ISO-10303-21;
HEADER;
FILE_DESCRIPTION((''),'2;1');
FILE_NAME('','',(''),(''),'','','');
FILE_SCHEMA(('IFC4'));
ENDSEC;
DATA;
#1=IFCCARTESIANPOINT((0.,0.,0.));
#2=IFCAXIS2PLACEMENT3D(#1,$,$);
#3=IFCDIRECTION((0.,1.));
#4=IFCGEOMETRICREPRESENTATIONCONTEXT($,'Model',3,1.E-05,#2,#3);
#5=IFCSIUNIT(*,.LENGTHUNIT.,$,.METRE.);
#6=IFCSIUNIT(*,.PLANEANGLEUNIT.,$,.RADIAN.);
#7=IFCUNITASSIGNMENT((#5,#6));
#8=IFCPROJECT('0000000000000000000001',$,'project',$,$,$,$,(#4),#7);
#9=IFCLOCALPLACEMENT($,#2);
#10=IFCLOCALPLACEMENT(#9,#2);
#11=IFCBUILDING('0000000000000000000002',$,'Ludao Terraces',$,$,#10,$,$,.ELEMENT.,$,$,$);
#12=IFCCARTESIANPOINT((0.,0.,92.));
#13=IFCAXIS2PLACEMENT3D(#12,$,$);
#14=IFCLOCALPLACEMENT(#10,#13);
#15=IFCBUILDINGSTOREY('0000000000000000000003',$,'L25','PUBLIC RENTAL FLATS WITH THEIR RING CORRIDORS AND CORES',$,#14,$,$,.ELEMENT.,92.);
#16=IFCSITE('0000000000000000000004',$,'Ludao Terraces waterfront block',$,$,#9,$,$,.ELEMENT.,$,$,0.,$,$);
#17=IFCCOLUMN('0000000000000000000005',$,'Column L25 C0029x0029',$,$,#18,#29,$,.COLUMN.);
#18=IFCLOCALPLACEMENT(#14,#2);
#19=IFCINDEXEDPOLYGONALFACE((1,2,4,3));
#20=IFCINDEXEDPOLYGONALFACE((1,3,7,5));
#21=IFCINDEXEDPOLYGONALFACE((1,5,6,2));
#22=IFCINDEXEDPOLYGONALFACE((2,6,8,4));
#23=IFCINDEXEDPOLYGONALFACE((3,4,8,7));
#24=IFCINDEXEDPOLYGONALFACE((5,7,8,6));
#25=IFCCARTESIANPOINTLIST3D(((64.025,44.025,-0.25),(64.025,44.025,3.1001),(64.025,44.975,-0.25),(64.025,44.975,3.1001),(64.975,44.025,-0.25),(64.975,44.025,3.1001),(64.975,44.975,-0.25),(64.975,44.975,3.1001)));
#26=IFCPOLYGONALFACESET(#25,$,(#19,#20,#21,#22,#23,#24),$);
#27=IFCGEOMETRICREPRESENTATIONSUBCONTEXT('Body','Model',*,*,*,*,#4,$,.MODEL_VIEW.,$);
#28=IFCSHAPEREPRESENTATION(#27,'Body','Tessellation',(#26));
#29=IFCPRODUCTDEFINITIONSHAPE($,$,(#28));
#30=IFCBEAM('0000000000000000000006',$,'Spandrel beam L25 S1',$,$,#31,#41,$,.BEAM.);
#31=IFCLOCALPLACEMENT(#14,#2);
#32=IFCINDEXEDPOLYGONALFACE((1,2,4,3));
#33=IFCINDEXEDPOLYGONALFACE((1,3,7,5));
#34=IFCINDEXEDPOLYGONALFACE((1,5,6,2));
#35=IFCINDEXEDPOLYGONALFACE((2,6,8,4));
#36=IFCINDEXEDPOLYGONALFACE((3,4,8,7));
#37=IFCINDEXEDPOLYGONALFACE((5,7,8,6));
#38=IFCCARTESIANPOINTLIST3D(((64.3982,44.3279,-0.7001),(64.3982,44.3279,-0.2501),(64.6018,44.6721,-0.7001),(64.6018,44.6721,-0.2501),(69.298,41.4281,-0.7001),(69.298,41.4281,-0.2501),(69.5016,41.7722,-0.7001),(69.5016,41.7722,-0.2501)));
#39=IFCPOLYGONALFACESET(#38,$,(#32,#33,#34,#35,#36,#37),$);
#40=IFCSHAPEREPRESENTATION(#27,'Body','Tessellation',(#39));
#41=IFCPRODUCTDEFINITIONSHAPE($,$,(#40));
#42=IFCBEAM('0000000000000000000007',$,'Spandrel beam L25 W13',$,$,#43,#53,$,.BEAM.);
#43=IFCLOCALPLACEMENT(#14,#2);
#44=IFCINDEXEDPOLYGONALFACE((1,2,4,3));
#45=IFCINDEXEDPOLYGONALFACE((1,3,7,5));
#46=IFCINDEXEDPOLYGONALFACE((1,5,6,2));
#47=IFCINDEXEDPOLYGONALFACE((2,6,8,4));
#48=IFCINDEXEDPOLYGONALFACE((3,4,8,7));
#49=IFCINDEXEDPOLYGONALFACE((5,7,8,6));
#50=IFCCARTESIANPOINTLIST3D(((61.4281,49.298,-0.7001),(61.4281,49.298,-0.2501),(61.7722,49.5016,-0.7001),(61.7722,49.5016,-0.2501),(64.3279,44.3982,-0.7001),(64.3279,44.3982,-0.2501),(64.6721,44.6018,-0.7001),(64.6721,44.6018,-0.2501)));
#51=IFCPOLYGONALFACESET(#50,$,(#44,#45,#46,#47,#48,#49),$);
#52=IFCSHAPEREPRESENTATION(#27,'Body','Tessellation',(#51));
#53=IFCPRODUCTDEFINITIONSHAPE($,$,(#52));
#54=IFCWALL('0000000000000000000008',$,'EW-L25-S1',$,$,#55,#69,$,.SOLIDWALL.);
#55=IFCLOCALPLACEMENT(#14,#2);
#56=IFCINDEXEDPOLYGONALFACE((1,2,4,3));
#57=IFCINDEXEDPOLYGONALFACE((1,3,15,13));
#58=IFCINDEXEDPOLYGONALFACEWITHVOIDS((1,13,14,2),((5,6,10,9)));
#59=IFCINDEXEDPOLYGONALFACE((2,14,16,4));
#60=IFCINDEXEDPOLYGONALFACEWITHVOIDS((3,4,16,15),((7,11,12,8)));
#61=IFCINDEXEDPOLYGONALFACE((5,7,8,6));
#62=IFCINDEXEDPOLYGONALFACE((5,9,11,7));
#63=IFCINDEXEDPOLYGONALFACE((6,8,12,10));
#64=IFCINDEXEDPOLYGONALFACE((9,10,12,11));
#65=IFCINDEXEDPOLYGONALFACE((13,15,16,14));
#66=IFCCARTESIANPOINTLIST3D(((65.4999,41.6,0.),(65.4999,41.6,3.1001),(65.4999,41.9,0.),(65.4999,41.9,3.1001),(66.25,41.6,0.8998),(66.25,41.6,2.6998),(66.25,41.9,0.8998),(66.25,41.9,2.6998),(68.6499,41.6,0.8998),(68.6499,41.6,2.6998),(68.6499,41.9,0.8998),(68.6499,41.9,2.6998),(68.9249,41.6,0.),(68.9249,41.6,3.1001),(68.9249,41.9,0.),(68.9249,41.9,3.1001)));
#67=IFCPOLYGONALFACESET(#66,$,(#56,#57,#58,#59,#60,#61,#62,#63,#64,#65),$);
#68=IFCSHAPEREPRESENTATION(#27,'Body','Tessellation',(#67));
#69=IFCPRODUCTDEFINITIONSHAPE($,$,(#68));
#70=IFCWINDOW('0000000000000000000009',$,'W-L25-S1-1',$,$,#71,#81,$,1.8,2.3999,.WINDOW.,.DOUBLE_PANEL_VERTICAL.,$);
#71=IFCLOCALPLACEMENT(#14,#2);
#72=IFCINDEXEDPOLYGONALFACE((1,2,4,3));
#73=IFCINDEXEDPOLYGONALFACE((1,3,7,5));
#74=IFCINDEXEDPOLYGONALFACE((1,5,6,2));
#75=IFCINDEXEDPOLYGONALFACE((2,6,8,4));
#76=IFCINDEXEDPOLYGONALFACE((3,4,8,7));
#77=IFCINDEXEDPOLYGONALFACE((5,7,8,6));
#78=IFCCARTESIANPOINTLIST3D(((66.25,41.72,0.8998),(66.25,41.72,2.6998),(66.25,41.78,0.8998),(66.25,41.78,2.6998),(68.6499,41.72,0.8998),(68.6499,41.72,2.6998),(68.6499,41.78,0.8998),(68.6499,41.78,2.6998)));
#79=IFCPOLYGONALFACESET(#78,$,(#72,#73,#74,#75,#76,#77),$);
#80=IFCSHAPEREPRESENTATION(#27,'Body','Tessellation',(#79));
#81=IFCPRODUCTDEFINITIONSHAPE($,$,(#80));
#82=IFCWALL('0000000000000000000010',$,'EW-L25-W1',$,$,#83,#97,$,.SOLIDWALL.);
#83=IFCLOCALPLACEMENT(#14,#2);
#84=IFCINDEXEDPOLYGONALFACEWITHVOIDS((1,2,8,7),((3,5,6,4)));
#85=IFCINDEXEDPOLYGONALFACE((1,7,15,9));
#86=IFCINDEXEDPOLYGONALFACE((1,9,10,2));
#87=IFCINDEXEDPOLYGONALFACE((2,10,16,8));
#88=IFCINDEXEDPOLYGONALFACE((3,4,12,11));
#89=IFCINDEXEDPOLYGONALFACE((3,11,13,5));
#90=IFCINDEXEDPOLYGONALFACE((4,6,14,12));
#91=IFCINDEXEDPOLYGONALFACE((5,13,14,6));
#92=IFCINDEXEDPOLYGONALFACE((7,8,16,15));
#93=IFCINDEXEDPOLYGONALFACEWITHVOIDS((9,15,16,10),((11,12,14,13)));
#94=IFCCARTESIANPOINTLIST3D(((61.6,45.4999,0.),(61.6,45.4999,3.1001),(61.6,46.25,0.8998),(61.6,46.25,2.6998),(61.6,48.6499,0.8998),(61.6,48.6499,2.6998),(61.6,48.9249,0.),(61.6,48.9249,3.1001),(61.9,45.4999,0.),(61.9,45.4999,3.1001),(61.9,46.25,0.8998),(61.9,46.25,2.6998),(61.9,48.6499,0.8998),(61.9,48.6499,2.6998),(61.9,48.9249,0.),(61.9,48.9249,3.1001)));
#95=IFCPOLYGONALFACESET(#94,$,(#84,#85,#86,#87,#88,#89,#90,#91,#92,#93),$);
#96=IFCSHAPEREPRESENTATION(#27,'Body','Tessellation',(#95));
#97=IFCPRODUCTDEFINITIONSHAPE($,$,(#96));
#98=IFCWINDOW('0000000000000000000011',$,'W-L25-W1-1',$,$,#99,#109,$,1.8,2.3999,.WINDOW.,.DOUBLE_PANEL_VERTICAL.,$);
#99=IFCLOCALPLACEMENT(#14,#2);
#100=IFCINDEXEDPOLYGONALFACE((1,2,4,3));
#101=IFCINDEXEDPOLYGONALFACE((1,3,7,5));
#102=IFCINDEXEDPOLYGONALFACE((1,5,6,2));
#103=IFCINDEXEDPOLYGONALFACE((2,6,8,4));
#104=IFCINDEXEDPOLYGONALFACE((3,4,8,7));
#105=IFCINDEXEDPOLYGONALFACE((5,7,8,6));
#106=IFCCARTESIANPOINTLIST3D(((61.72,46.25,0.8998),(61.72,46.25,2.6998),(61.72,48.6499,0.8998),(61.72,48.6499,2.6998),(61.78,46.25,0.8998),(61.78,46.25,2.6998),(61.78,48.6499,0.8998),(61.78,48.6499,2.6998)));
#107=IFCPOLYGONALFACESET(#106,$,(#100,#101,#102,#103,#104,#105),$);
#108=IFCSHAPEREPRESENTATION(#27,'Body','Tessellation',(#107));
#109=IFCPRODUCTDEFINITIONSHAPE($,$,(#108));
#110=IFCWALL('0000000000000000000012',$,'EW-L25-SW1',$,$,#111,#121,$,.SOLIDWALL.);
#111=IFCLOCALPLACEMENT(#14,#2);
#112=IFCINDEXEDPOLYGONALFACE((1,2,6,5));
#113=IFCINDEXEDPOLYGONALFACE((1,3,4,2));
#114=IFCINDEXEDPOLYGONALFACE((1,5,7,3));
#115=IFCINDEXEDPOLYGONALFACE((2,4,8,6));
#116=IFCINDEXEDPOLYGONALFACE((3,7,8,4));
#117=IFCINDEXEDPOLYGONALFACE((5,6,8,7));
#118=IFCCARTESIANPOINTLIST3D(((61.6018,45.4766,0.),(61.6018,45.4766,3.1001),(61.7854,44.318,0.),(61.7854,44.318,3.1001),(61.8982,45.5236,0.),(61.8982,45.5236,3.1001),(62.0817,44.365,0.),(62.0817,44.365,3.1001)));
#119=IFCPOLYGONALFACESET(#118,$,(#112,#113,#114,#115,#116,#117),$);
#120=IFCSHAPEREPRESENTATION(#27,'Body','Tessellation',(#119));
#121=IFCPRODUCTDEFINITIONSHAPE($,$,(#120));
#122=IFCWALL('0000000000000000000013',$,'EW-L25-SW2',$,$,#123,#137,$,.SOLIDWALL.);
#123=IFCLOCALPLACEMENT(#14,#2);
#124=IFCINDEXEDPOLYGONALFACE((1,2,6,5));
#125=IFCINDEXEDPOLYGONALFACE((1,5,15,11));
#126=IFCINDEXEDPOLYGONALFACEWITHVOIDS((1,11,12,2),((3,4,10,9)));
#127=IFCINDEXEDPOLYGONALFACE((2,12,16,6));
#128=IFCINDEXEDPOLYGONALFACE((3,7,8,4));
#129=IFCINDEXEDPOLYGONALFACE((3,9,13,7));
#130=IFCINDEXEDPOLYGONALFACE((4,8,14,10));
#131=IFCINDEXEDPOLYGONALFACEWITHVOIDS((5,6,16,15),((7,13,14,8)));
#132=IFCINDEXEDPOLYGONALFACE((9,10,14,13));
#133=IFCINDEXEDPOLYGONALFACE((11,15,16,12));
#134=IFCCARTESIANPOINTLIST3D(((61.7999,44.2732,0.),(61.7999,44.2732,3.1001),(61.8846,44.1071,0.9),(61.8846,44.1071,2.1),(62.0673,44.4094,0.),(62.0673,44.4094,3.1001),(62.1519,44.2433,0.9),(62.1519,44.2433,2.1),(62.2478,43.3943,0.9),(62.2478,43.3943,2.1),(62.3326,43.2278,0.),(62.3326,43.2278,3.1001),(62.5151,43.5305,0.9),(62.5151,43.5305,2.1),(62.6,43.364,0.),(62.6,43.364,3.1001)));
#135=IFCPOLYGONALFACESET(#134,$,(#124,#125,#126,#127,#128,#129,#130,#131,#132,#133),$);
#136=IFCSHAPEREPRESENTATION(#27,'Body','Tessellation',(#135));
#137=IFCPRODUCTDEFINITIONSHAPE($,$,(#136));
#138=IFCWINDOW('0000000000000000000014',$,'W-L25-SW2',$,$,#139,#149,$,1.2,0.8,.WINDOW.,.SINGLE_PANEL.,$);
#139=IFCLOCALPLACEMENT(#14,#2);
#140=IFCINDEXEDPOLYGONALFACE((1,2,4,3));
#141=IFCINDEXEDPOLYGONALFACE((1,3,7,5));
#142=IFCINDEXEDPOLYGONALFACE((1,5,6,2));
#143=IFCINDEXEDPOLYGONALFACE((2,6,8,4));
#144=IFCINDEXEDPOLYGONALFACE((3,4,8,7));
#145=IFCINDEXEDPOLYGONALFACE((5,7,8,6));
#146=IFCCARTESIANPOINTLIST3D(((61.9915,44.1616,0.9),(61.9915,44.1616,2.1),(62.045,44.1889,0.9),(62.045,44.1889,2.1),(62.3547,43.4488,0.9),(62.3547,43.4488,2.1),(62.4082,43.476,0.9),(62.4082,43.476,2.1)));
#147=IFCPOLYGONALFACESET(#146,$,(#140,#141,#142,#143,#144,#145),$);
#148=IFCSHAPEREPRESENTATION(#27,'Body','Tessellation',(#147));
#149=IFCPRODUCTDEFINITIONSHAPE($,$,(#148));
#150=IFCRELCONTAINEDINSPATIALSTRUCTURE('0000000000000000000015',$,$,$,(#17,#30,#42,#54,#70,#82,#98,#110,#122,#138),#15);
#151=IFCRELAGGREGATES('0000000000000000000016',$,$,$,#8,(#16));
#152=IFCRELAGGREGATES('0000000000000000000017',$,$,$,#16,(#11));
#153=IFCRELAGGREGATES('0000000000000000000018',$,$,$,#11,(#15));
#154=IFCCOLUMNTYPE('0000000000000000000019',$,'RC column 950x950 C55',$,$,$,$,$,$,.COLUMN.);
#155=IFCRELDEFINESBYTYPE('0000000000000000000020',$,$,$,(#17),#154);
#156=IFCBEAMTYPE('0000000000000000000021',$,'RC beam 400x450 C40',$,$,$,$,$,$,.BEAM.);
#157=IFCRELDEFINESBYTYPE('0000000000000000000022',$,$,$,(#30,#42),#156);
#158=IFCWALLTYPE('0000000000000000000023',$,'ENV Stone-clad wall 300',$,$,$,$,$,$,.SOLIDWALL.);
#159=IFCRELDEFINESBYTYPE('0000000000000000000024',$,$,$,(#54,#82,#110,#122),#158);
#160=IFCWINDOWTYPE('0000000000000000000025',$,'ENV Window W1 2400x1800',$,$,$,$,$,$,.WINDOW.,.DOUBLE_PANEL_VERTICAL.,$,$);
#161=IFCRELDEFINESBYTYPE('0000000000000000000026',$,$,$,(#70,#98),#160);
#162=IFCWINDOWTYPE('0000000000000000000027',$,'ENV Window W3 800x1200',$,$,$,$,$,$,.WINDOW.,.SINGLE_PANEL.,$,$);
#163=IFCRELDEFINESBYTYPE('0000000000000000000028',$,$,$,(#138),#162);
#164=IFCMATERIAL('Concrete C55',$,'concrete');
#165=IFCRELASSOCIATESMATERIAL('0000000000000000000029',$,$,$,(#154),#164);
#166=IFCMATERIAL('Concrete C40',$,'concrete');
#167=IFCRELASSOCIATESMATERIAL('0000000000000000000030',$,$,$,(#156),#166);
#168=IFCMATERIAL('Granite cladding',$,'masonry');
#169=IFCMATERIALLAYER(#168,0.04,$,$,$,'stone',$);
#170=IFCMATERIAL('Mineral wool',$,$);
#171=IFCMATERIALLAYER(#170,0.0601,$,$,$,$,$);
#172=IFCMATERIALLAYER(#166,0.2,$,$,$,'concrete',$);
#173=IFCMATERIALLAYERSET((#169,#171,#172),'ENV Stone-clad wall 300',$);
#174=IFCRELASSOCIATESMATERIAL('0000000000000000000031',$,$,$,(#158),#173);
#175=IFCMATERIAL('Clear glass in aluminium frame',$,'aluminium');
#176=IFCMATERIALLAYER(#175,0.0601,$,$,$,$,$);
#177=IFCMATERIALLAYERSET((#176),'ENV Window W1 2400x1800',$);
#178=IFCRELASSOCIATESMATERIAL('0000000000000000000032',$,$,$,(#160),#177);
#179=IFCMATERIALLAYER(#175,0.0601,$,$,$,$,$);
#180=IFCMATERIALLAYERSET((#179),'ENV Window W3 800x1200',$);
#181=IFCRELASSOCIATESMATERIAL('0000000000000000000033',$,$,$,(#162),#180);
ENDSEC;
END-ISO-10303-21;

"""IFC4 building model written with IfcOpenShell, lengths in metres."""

from ifc_helpers import new_model, si_unit, direction, frame, frame_2d, origin, origin_2d, place, context, subcontext, project, spatial, rectangle, extrude, material, layer, layer_set, material_profile, profile_set, type_object, element, fill, save


model = new_model("IFC4")

# Units and contexts
model_context = context("Model", 3, precision=1e-05, world=origin(), true_north=direction((0.0, 1.0)))
body_context = subcontext(model_context, "Body", "Model", "MODEL_VIEW")
ifc_project = project(units=[si_unit("LENGTHUNIT", "METRE"), si_unit("PLANEANGLEUNIT", "RADIAN")], contexts=[model_context])

# Site, building, storey
site_placement = place(None, origin())
site = spatial("IfcSite", under=ifc_project, at=site_placement, Name="Ludao Terraces waterfront block", CompositionType="ELEMENT", RefElevation=0.0)
building_placement = place(site_placement, origin())
building = spatial("IfcBuilding", under=site, at=building_placement, Name="Ludao Terraces", CompositionType="ELEMENT")
storey_placement = place(building_placement, frame((0.0, 0.0, 92.0)))
storey = spatial("IfcBuildingStorey", under=building, at=storey_placement, Name="L25", Description="PUBLIC RENTAL FLATS WITH THEIR RING CORRIDORS AND CORES", CompositionType="ELEMENT", Elevation=92.0)

# Column
ifc_material_1 = material(Name="Concrete C55", Category="concrete")
ifc_material_profile_1 = material_profile(ifc_material_1, rectangle(XDim=0.95, YDim=0.95, at=origin_2d()), Name="950 X 950")
ifc_profile_set_1 = profile_set([ifc_material_profile_1], Name="Concrete C55")
column_type = type_object("IfcColumnType", Name="RC column 950x950 C55", PredefinedType="COLUMN", material=ifc_profile_set_1)
column_placement = place(storey_placement, frame((64.5, 44.5, -0.25), z_axis=(0.0, 0.0, 1.0), x_axis=(1.0, 0.0, 0.0)))
element("IfcColumn", 1, at=column_placement, inside=storey, type_object=column_type, Name="Column L25 C0029x0029", PredefinedType="COLUMN", context=body_context, shape_type="SweptSolid", body=[
    extrude(rectangle(XDim=0.95, YDim=0.95, at=origin_2d()), origin(), (0.0, 0.0, 1.0), 3.3501),
])

# Beams
ifc_material_2 = material(Name="Concrete C40", Category="concrete")
ifc_material_profile_2 = material_profile(ifc_material_2, rectangle(XDim=0.3999, YDim=0.45, at=origin_2d()), Name="400 X 450")
ifc_profile_set_2 = profile_set([ifc_material_profile_2], Name="Concrete C40")
beam_type = type_object("IfcBeamType", Name="RC beam 400x450 C40", PredefinedType="BEAM", material=ifc_profile_set_2)
for number, where, z_axis, x_axis, name in (
    (2, (64.5, 44.5, -0.4751), (0.86058, -0.509316, 0.0), (0.509316, 0.86058, 0.0), "Spandrel beam L25 S1"),
    (3, (64.5, 44.5, -0.4751), (-0.509316, 0.86058, 0.0), (-0.86058, -0.509316, 0.0), "Spandrel beam L25 W13"),
):
    element("IfcBeam", number, at=place(storey_placement, frame(where, z_axis=z_axis, x_axis=x_axis)), inside=storey, type_object=beam_type, Name=name, PredefinedType="BEAM", context=body_context, shape_type="SweptSolid", body=[
        extrude(rectangle(XDim=0.3999, YDim=0.45, at=origin_2d()), origin(), (0.0, 0.0, 1.0), 5.6936),
    ])

# Walls, openings, windows
ifc_material_3 = material(Name="Granite cladding", Category="masonry")
ifc_layer_1 = layer(ifc_material_3, 0.04, Category="stone")
ifc_material_4 = material(Name="Mineral wool")
ifc_layer_2 = layer(ifc_material_4, 0.0601)
ifc_layer_3 = layer(ifc_material_2, 0.2, Category="concrete")
ifc_layer_set_1 = layer_set([ifc_layer_1, ifc_layer_2, ifc_layer_3], Name="ENV Stone-clad wall 300")
wall_type_1 = type_object("IfcWallType", Name="ENV Stone-clad wall 300", PredefinedType="SOLIDWALL", material=ifc_layer_set_1)
wall_1_placement = place(storey_placement, frame((65.5, 41.75, 0.0), z_axis=(0.0, 0.0, 1.0), x_axis=(1.0, 0.0, 0.0)))
wall_1 = element("IfcWall", 4, at=wall_1_placement, inside=storey, type_object=wall_type_1, Name="EW-L25-S1", PredefinedType="SOLIDWALL", context=body_context, shape_type="SweptSolid", body=[
    extrude(rectangle(XDim=3.425, YDim=0.3, at=frame_2d((1.7124, 0.0))), origin(), (0.0, 0.0, 1.0), 3.1001),
])
opening_1_placement = place(wall_1_placement, frame((0.75, 0.0, 0.8999)))
opening_1 = element("IfcOpeningElement", 5, at=opening_1_placement, cuts=wall_1, PredefinedType="OPENING", context=body_context, shape_type="SweptSolid", body=[
    extrude(rectangle(XDim=2.3999, YDim=1.8, at=frame_2d((1.2, 0.8999))), frame((0.0, 0.1602, 0.0), z_axis=(0.0, -1.0, 0.0), x_axis=(1.0, 0.0, 0.0)), (0.0, 0.0, 1.0), 0.3201),
])
ifc_material_5 = material(Name="Clear glass in aluminium frame", Category="aluminium")
ifc_layer_4 = layer(ifc_material_5, 0.0601)
ifc_layer_set_2 = layer_set([ifc_layer_4], Name="ENV Window W1 2400x1800")
window_type_1 = type_object("IfcWindowType", Name="ENV Window W1 2400x1800", PartitioningType="DOUBLE_PANEL_VERTICAL", PredefinedType="WINDOW", material=ifc_layer_set_2)
window_1_placement = place(opening_1_placement, origin())
window_1 = element("IfcWindow", 6, at=window_1_placement, inside=storey, type_object=window_type_1, Name="W-L25-S1-1", OverallHeight=1.8, OverallWidth=2.3999, PartitioningType="DOUBLE_PANEL_VERTICAL", PredefinedType="WINDOW", context=body_context, shape_type="SweptSolid", body=[
    extrude(rectangle(XDim=2.3999, YDim=1.8, at=frame_2d((1.2, 0.8999))), frame((0.0, 0.03, 0.0), z_axis=(0.0, -1.0, 0.0), x_axis=(1.0, 0.0, 0.0)), (0.0, 0.0, 1.0), 0.0601),
])
fill(opening_1, window_1)
wall_2_placement = place(storey_placement, frame((61.75, 45.5, 0.0), z_axis=(0.0, 0.0, 1.0), x_axis=(0.0, 1.0, 0.0)))
wall_2 = element("IfcWall", 7, at=wall_2_placement, inside=storey, type_object=wall_type_1, Name="EW-L25-W1", PredefinedType="SOLIDWALL", context=body_context, shape_type="SweptSolid", body=[
    extrude(rectangle(XDim=3.425, YDim=0.3, at=frame_2d((1.7124, 0.0))), origin(), (0.0, 0.0, 1.0), 3.1001),
])
opening_2_placement = place(wall_2_placement, frame((0.75, 0.0, 0.8999)))
opening_2 = element("IfcOpeningElement", 8, at=opening_2_placement, cuts=wall_2, PredefinedType="OPENING", context=body_context, shape_type="SweptSolid", body=[
    extrude(rectangle(XDim=2.3999, YDim=1.8, at=frame_2d((1.2, 0.8999))), frame((0.0, 0.1602, 0.0), z_axis=(0.0, -1.0, 0.0), x_axis=(1.0, 0.0, 0.0)), (0.0, 0.0, 1.0), 0.3201),
])
window_2_placement = place(opening_2_placement, origin())
window_2 = element("IfcWindow", 9, at=window_2_placement, inside=storey, type_object=window_type_1, Name="W-L25-W1-1", OverallHeight=1.8, OverallWidth=2.3999, PartitioningType="DOUBLE_PANEL_VERTICAL", PredefinedType="WINDOW", context=body_context, shape_type="SweptSolid", body=[
    extrude(rectangle(XDim=2.3999, YDim=1.8, at=frame_2d((1.2, 0.8999))), frame((0.0, 0.03, 0.0), z_axis=(0.0, -1.0, 0.0), x_axis=(1.0, 0.0, 0.0)), (0.0, 0.0, 1.0), 0.0601),
])
fill(opening_2, window_2)

# Wall
wall_3_placement = place(storey_placement, frame((61.75, 45.5, 0.0), z_axis=(0.0, 0.0, 1.0), x_axis=(0.156497, -0.987678, 0.0)))
element("IfcWall", 10, at=wall_3_placement, inside=storey, type_object=wall_type_1, Name="EW-L25-SW1", PredefinedType="SOLIDWALL", context=body_context, shape_type="SweptSolid", body=[
    extrude(rectangle(XDim=1.1731, YDim=0.3, at=frame_2d((0.5864, 0.0))), origin(), (0.0, 0.0, 1.0), 3.1001),
])

# Wall, opening, window
wall_4_placement = place(storey_placement, frame((61.9336, 44.3413, 0.0), z_axis=(0.0, 0.0, 1.0), x_axis=(0.454026, -0.890989, 0.0)))
wall_4 = element("IfcWall", 11, at=wall_4_placement, inside=storey, type_object=wall_type_1, Name="EW-L25-SW2", PredefinedType="SOLIDWALL", context=body_context, shape_type="SweptSolid", body=[
    extrude(rectangle(XDim=1.1733, YDim=0.3, at=frame_2d((0.5867, 0.0))), origin(), (0.0, 0.0, 1.0), 3.1001),
])
opening_3_placement = place(wall_4_placement, frame((0.1865, 0.0, 0.8999)))
opening_3 = element("IfcOpeningElement", 12, at=opening_3_placement, cuts=wall_4, PredefinedType="OPENING", context=body_context, shape_type="SweptSolid", body=[
    extrude(rectangle(XDim=0.8, YDim=1.2, at=frame_2d((0.3999, 0.6001))), frame((0.0, 0.1602, 0.0), z_axis=(0.0, -1.0, 0.0), x_axis=(1.0, 0.0, 0.0)), (0.0, 0.0, 1.0), 0.3201),
])
ifc_layer_5 = layer(ifc_material_5, 0.0601)
ifc_layer_set_3 = layer_set([ifc_layer_5], Name="ENV Window W3 800x1200")
window_type_2 = type_object("IfcWindowType", Name="ENV Window W3 800x1200", PartitioningType="SINGLE_PANEL", PredefinedType="WINDOW", material=ifc_layer_set_3)
window_3_placement = place(opening_3_placement, origin())
window_3 = element("IfcWindow", 13, at=window_3_placement, inside=storey, type_object=window_type_2, Name="W-L25-SW2", OverallHeight=1.2, OverallWidth=0.8, PartitioningType="SINGLE_PANEL", PredefinedType="WINDOW", context=body_context, shape_type="SweptSolid", body=[
    extrude(rectangle(XDim=0.8, YDim=1.2, at=frame_2d((0.3999, 0.6001))), frame((0.0, 0.03, 0.0), z_axis=(0.0, -1.0, 0.0), x_axis=(1.0, 0.0, 0.0)), (0.0, 0.0, 1.0), 0.0601),
])
fill(opening_3, window_3)

save(model, "model.ifc")
